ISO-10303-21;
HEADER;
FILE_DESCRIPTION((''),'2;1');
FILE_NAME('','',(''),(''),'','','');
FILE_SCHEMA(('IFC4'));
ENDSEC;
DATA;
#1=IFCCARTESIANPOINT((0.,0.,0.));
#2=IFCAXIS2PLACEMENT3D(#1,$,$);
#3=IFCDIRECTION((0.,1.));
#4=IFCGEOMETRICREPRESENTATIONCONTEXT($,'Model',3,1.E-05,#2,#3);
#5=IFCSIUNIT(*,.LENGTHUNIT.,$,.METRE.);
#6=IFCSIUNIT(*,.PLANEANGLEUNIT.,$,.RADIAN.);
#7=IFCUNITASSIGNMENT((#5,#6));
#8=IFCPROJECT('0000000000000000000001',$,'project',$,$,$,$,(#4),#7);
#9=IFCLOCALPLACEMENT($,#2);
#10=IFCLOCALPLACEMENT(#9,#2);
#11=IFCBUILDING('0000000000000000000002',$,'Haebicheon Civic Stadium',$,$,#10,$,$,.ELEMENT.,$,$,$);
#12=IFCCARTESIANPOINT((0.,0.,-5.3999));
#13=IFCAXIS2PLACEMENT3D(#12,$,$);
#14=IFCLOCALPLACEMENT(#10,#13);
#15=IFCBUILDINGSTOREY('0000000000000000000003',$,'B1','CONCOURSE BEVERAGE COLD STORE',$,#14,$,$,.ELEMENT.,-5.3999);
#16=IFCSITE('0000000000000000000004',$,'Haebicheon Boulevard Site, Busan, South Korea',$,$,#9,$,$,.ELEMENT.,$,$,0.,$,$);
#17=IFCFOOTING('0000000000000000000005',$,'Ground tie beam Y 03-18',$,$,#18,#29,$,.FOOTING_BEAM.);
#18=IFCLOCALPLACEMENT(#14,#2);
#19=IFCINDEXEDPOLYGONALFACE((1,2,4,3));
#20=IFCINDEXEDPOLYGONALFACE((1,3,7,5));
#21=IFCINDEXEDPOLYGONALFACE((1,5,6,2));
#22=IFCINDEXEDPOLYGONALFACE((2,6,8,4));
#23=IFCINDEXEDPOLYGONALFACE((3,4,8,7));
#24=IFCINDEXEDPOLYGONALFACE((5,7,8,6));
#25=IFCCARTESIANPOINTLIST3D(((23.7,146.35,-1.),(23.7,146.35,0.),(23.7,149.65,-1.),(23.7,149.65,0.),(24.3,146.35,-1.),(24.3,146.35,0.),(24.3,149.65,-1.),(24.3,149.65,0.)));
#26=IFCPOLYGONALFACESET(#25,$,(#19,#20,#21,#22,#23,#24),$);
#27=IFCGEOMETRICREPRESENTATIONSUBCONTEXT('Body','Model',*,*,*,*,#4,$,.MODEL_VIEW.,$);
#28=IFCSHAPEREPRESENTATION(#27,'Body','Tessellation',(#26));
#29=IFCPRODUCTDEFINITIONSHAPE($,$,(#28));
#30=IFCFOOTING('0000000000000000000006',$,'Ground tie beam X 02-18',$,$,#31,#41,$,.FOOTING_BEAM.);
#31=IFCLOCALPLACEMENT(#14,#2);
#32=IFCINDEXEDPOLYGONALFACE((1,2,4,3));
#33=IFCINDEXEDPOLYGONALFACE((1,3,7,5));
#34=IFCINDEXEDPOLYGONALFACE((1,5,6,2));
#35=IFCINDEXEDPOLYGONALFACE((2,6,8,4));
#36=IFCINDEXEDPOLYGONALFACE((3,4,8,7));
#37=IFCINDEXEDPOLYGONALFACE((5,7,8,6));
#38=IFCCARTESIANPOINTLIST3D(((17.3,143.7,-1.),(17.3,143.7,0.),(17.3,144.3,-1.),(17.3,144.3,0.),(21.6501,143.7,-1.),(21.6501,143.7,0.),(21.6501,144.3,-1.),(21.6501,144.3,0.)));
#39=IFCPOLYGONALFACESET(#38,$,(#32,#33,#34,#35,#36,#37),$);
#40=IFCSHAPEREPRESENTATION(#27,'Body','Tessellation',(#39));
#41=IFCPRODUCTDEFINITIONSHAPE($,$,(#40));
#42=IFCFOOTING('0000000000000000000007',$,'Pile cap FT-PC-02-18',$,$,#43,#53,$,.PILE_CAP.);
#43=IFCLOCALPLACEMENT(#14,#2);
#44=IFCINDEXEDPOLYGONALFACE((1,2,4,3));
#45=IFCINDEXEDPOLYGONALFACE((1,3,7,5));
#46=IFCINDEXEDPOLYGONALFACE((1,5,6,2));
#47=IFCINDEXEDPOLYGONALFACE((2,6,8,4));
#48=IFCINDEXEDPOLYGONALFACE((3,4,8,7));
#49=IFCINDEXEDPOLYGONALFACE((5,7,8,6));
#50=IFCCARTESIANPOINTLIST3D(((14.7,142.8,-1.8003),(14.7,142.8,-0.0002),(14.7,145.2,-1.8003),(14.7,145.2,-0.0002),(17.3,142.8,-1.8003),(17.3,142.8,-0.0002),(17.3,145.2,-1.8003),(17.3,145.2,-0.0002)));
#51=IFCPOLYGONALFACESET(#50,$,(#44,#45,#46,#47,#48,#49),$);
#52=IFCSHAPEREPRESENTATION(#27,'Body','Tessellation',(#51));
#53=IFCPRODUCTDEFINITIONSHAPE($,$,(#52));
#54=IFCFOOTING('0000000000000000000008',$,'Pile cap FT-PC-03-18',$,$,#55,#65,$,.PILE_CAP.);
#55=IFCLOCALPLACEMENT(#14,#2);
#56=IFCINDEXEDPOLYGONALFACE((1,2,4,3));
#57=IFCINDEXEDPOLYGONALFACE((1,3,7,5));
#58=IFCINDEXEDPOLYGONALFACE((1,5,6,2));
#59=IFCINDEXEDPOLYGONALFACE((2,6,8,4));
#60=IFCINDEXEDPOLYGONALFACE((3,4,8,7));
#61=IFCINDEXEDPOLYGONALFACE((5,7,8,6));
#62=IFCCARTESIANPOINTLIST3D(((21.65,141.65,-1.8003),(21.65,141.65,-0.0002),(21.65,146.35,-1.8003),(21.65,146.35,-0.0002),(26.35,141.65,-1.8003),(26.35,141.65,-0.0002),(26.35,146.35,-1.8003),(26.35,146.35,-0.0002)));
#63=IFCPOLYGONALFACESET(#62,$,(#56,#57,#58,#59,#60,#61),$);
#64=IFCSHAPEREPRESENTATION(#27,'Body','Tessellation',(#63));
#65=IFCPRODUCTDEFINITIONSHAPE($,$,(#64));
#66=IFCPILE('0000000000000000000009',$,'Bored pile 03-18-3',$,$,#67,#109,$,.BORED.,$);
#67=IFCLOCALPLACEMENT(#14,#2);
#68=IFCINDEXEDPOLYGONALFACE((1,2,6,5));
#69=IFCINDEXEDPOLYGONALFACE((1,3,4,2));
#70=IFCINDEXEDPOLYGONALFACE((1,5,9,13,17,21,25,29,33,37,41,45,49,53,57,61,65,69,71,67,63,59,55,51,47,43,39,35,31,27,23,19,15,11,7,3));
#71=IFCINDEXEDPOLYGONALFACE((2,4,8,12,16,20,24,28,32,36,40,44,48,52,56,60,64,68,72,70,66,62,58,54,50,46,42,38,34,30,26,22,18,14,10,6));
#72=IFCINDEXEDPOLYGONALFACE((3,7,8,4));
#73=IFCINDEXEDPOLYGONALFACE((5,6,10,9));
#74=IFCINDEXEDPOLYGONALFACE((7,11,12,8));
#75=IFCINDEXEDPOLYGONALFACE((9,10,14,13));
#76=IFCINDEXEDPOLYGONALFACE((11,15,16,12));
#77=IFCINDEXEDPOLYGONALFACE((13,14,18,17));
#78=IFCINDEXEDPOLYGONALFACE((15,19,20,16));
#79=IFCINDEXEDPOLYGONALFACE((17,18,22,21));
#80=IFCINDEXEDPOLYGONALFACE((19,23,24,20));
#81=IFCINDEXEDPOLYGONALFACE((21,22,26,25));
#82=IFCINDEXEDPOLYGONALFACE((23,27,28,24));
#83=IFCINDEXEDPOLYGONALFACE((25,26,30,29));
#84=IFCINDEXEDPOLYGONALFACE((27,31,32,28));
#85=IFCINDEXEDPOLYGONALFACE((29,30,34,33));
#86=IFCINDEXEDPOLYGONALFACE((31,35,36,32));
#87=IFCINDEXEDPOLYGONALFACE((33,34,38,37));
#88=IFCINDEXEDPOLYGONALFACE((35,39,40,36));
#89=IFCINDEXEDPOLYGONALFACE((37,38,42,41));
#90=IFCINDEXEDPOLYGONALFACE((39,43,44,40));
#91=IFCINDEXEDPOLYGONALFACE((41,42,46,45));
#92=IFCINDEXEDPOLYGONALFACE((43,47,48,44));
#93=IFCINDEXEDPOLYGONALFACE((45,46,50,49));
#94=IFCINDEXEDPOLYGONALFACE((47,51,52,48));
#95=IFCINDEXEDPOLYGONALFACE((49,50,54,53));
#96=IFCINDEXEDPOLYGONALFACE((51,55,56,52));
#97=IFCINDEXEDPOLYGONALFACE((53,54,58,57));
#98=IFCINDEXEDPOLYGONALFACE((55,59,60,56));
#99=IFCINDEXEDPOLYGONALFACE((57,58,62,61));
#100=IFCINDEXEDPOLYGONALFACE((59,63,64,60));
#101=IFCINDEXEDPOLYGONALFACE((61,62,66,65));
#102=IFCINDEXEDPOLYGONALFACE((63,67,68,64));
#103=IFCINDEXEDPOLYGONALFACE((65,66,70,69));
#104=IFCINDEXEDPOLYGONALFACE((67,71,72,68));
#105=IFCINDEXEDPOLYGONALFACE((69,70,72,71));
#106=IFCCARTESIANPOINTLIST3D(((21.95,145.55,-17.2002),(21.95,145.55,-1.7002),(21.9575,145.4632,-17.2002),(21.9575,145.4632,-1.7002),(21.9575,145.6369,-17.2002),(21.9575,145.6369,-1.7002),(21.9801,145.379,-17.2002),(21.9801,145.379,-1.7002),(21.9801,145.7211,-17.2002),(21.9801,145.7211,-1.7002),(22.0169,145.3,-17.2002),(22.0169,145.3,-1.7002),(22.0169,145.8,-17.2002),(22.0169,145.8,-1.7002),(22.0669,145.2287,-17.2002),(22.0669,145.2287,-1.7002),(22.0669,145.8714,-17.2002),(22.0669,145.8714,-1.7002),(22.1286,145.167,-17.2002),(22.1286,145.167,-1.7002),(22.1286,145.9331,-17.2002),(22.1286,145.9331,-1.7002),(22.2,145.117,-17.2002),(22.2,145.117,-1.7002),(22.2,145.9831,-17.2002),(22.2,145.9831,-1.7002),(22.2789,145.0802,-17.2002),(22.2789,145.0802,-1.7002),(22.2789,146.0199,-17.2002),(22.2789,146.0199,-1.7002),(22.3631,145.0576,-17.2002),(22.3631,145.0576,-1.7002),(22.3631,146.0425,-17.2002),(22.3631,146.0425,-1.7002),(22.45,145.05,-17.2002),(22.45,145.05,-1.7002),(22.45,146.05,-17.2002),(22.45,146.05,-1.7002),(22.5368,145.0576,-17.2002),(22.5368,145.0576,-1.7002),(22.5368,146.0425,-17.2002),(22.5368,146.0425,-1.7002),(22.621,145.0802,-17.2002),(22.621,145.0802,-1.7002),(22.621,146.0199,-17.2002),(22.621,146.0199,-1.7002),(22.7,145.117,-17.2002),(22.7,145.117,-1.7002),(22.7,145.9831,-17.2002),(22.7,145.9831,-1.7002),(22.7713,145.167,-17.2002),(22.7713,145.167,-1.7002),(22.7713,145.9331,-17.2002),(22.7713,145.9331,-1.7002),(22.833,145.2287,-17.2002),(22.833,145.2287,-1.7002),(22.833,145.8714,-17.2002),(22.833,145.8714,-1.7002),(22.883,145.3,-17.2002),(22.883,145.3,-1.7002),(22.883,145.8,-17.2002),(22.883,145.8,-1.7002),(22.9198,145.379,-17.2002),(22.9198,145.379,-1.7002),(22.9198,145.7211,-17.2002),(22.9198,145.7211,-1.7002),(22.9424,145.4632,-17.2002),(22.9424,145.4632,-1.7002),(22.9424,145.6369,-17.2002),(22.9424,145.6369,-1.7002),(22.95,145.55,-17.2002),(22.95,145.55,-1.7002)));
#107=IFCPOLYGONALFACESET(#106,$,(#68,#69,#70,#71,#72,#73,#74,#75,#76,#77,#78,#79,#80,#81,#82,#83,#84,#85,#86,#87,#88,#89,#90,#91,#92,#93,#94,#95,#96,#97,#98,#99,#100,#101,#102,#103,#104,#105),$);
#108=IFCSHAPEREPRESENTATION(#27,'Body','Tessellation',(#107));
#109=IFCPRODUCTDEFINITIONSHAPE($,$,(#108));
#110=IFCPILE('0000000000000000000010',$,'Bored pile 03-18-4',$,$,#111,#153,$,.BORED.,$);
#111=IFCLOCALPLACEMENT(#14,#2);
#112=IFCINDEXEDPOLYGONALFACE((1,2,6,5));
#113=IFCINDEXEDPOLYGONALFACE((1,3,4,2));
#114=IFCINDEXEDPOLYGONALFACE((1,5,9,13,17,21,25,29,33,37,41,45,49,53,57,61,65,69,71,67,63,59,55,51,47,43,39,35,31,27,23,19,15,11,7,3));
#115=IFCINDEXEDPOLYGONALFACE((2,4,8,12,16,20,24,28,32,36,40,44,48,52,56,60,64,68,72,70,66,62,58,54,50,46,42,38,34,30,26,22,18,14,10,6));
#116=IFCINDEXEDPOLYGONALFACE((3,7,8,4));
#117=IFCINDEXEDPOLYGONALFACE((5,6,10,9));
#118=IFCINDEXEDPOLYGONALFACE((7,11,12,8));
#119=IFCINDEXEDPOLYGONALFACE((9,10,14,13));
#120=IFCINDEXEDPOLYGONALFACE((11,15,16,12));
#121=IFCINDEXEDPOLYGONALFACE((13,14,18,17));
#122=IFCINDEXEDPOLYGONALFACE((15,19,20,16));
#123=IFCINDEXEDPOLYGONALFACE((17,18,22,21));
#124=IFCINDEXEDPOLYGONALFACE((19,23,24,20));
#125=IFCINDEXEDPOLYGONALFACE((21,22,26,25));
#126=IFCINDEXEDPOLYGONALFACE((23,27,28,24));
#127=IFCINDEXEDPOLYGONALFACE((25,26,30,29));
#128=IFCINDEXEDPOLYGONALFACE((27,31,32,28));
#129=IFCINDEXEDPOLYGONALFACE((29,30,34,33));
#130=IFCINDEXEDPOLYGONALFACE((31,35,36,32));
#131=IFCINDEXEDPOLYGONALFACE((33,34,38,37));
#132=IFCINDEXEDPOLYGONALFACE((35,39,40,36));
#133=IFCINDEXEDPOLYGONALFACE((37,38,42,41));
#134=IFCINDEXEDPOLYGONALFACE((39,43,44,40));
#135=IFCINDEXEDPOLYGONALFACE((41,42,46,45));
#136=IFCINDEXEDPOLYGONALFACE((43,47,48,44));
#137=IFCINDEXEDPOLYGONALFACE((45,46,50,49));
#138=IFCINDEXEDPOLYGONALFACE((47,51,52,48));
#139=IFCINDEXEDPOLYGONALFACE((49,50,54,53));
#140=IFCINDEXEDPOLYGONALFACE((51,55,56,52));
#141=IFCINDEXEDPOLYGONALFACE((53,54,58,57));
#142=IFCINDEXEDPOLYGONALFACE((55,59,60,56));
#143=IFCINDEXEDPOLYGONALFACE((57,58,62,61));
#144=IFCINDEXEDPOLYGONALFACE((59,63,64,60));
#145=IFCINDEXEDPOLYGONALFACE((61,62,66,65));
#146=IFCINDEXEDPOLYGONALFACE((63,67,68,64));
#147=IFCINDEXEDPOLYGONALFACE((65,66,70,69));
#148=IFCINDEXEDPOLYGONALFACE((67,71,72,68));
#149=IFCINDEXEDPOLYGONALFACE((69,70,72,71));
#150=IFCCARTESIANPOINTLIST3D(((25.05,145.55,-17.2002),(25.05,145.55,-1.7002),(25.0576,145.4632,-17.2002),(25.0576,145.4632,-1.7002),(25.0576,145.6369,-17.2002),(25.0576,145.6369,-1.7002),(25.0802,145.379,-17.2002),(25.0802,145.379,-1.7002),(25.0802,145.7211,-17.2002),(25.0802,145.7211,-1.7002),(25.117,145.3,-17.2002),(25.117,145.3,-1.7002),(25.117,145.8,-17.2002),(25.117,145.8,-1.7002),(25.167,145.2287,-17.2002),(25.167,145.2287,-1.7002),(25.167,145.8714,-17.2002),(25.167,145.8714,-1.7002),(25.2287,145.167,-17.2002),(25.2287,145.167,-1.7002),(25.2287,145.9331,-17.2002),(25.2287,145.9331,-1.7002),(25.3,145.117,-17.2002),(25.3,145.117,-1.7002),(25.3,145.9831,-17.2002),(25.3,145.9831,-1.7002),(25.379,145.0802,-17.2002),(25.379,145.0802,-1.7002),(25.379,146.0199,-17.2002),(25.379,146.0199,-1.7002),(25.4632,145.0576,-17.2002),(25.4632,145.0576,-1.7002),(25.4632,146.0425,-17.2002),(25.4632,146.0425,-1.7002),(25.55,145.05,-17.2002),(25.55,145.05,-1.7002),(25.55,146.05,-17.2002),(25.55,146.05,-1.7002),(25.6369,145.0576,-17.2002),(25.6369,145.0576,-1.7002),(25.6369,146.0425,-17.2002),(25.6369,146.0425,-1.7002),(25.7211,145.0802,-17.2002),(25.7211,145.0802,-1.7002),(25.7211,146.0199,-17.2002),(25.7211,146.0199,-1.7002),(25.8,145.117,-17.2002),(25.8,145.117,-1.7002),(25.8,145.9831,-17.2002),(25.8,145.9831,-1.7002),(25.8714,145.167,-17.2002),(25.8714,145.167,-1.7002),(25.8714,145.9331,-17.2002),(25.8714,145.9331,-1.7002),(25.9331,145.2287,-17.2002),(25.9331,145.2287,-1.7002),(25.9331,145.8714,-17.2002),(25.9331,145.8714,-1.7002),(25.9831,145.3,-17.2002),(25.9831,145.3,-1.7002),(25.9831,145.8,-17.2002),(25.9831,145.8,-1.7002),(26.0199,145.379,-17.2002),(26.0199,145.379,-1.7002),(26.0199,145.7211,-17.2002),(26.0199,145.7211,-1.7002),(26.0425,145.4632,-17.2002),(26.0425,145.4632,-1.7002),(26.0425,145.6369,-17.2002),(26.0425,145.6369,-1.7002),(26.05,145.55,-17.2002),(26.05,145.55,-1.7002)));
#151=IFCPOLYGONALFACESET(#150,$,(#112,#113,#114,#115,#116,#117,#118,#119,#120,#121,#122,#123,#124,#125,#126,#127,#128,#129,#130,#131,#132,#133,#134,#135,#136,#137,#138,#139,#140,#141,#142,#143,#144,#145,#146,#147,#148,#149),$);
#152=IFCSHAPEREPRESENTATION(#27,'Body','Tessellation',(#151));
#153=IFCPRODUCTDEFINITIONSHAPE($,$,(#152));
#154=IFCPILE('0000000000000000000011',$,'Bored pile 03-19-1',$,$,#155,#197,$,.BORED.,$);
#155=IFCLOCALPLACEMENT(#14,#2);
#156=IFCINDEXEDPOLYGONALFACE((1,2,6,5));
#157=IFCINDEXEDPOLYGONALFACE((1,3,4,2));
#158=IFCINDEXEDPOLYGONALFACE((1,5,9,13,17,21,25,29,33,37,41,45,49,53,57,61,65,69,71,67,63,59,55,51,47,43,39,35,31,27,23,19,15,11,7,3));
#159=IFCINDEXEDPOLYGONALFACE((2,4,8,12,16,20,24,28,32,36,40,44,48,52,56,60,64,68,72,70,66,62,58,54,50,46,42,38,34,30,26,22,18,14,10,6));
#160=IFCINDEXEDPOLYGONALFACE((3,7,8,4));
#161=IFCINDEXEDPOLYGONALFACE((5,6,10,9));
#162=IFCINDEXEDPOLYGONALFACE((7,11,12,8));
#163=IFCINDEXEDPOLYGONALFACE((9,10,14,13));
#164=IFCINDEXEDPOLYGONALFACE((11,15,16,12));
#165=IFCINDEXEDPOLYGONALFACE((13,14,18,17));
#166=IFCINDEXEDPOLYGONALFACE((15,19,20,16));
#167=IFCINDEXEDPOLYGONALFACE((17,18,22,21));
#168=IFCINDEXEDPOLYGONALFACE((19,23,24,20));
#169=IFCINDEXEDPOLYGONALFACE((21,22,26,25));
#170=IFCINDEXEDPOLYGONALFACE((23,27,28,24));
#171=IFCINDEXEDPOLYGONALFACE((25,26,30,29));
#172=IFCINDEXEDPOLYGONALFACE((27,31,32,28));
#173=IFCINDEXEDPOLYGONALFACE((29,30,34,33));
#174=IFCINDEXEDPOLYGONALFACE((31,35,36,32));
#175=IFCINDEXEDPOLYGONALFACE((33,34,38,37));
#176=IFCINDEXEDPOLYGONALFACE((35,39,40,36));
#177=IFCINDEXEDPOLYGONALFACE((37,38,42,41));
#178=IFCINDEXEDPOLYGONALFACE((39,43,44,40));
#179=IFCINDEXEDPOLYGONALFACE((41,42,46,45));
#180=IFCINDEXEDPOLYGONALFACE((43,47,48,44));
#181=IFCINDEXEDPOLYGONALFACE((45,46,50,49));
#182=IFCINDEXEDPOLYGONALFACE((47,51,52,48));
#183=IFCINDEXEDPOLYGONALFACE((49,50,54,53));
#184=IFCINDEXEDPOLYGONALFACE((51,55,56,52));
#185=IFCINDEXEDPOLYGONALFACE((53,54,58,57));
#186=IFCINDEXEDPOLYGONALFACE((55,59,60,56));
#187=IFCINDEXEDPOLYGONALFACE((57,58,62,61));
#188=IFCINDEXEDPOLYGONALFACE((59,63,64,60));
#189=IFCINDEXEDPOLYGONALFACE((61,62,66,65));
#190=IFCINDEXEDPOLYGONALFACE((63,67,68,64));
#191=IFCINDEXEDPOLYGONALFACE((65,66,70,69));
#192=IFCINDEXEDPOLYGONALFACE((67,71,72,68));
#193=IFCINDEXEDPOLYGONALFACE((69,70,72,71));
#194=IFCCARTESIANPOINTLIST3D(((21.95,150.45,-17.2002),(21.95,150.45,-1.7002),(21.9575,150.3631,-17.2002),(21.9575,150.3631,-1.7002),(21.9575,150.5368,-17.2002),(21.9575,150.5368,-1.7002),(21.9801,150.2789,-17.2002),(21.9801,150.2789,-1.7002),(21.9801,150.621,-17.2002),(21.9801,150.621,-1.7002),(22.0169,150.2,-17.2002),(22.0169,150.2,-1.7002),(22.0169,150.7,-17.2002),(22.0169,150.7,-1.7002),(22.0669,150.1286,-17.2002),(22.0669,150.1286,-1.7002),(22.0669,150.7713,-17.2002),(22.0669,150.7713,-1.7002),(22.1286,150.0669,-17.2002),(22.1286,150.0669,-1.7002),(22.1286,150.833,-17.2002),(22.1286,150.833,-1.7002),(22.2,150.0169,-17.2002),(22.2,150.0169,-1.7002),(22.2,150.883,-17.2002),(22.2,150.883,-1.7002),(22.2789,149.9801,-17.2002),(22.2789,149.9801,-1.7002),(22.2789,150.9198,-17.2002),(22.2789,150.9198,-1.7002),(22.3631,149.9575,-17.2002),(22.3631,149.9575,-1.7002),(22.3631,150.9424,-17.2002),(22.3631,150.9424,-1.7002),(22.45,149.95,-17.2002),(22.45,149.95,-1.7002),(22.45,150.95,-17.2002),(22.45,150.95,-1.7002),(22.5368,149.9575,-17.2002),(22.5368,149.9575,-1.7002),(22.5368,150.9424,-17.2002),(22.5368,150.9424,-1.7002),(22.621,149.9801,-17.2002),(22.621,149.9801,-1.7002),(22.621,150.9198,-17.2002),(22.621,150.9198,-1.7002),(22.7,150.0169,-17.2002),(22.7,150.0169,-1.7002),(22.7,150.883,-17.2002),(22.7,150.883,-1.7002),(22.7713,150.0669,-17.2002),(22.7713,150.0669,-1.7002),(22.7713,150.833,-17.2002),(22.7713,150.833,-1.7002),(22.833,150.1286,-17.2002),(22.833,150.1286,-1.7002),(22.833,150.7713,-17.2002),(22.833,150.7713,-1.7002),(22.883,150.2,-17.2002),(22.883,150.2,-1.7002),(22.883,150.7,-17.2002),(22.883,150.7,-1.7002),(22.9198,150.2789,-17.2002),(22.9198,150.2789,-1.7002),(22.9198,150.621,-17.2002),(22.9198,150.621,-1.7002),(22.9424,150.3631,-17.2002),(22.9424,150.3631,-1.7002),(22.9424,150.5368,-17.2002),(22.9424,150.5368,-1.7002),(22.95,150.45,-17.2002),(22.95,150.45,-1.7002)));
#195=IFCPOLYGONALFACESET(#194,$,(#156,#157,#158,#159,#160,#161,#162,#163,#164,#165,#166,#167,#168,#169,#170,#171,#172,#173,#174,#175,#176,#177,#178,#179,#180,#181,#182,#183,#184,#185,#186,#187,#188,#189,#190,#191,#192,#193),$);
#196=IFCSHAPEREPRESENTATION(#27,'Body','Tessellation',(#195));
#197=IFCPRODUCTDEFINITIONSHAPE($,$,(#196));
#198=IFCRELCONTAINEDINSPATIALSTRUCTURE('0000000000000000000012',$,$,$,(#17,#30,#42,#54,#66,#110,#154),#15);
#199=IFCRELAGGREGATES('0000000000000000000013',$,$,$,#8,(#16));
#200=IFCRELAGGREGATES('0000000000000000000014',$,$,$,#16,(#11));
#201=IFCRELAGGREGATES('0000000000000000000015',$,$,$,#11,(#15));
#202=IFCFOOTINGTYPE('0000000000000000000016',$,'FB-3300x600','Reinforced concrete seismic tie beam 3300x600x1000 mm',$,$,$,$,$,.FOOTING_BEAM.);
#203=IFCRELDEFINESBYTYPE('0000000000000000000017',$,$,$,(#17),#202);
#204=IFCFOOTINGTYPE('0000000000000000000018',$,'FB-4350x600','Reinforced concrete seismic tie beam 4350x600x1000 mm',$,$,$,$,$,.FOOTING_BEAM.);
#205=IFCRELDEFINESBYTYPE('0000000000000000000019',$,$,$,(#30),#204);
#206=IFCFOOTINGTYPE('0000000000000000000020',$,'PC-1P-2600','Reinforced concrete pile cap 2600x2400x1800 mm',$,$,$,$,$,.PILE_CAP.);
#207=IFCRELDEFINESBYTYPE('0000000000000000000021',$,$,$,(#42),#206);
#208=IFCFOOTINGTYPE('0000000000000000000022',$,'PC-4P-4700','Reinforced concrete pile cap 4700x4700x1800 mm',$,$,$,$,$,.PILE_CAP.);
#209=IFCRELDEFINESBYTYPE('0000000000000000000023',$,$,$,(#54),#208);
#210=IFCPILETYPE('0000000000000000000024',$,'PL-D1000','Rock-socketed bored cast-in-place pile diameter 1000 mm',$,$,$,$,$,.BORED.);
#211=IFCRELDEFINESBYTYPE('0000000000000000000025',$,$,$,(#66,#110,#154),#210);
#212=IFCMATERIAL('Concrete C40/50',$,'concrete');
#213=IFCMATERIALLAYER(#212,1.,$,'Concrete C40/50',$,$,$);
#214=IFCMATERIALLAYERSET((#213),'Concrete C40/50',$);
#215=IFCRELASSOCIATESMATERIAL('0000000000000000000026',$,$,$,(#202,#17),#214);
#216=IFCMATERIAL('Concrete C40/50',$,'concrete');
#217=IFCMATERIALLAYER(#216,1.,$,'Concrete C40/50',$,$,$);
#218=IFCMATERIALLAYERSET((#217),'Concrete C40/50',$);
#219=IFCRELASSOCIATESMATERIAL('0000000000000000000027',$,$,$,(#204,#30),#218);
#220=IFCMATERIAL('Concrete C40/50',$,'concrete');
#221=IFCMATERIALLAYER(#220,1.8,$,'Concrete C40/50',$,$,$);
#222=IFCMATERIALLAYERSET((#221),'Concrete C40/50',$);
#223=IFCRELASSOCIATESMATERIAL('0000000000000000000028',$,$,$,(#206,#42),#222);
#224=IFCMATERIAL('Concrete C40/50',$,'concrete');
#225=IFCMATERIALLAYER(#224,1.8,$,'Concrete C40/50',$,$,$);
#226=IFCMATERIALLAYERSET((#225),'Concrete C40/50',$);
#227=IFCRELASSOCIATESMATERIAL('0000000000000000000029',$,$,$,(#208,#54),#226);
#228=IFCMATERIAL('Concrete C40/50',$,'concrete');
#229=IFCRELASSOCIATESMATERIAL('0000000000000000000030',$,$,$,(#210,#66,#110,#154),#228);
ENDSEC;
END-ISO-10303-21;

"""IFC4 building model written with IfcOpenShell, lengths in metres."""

from ifc_helpers import new_model, si_unit, direction, frame, origin, origin_2d, place, context, subcontext, project, spatial, rectangle, circle, extrude, material, layer, layer_set, material_profile, profile_set, type_object, element, save


model = new_model("IFC4")

# Units and contexts
model_context = context("Model", 3, precision=1e-05, world=origin(), true_north=direction((0.0, 1.0)))
body_context = subcontext(model_context, "Body", "Model", "MODEL_VIEW")
ifc_project = project(units=[si_unit("LENGTHUNIT", "METRE"), si_unit("PLANEANGLEUNIT", "RADIAN")], contexts=[model_context])

# Site, building, storey
site_placement = place(None, origin())
site = spatial("IfcSite", under=ifc_project, at=site_placement, Name="Haebicheon Boulevard Site, Busan, South Korea", CompositionType="ELEMENT", RefElevation=0.0)
building_placement = place(site_placement, origin())
building = spatial("IfcBuilding", under=site, at=building_placement, Name="Haebicheon Civic Stadium", CompositionType="ELEMENT")
storey_placement = place(building_placement, frame((0.0, 0.0, -5.3999)))
storey = spatial("IfcBuildingStorey", under=building, at=storey_placement, Name="B1", Description="CONCOURSE BEVERAGE COLD STORE", CompositionType="ELEMENT", Elevation=-5.3999)

# Footings
ifc_material_1 = material(Name="Concrete C40/50", Category="concrete")
ifc_layer_1 = layer(ifc_material_1, 1.0, Name="Concrete C40/50")
ifc_layer_set_1 = layer_set([ifc_layer_1], Name="Concrete C40/50")
footing_type_1 = type_object("IfcFootingType", Name="FB-3300x600", Description="Reinforced concrete seismic tie beam 3300x600x1000 mm", PredefinedType="FOOTING_BEAM", material=ifc_layer_set_1)
footing_1_placement = place(storey_placement, frame((24.0, 148.0, -1.0), z_axis=(0.0, 0.0, 1.0), x_axis=(0.0, 1.0, 0.0)))
element("IfcFooting", 1, at=footing_1_placement, inside=storey, type_object=footing_type_1, material=ifc_layer_set_1, Name="Ground tie beam Y 03-18", PredefinedType="FOOTING_BEAM", context=body_context, shape_type="SweptSolid", body=[
    extrude(rectangle(XDim=3.3, YDim=0.6001, at=origin_2d()), origin(), (0.0, 0.0, 1.0), 1.0),
])
ifc_material_2 = material(Name="Concrete C40/50", Category="concrete")
ifc_layer_2 = layer(ifc_material_2, 1.0, Name="Concrete C40/50")
ifc_layer_set_2 = layer_set([ifc_layer_2], Name="Concrete C40/50")
footing_type_2 = type_object("IfcFootingType", Name="FB-4350x600", Description="Reinforced concrete seismic tie beam 4350x600x1000 mm", PredefinedType="FOOTING_BEAM", material=ifc_layer_set_2)
footing_2_placement = place(storey_placement, frame((19.4751, 144.0, -1.0), z_axis=(0.0, 0.0, 1.0), x_axis=(1.0, 0.0, 0.0)))
element("IfcFooting", 2, at=footing_2_placement, inside=storey, type_object=footing_type_2, material=ifc_layer_set_2, Name="Ground tie beam X 02-18", PredefinedType="FOOTING_BEAM", context=body_context, shape_type="SweptSolid", body=[
    extrude(rectangle(XDim=4.3501, YDim=0.6001, at=origin_2d()), origin(), (0.0, 0.0, 1.0), 1.0),
])
ifc_material_3 = material(Name="Concrete C40/50", Category="concrete")
ifc_layer_3 = layer(ifc_material_3, 1.8, Name="Concrete C40/50")
ifc_layer_set_3 = layer_set([ifc_layer_3], Name="Concrete C40/50")
footing_type_3 = type_object("IfcFootingType", Name="PC-1P-2600", Description="Reinforced concrete pile cap 2600x2400x1800 mm", PredefinedType="PILE_CAP", material=ifc_layer_set_3)
footing_3_placement = place(storey_placement, frame((16.0, 144.0, -1.8003), z_axis=(0.0, 0.0, 1.0), x_axis=(1.0, 0.0, 0.0)))
element("IfcFooting", 3, at=footing_3_placement, inside=storey, type_object=footing_type_3, material=ifc_layer_set_3, Name="Pile cap FT-PC-02-18", PredefinedType="PILE_CAP", context=body_context, shape_type="SweptSolid", body=[
    extrude(rectangle(XDim=2.6001, YDim=2.3999, at=origin_2d()), origin(), (0.0, 0.0, 1.0), 1.8),
])
ifc_material_4 = material(Name="Concrete C40/50", Category="concrete")
ifc_layer_4 = layer(ifc_material_4, 1.8, Name="Concrete C40/50")
ifc_layer_set_4 = layer_set([ifc_layer_4], Name="Concrete C40/50")
footing_type_4 = type_object("IfcFootingType", Name="PC-4P-4700", Description="Reinforced concrete pile cap 4700x4700x1800 mm", PredefinedType="PILE_CAP", material=ifc_layer_set_4)
footing_4_placement = place(storey_placement, frame((24.0, 144.0, -1.8003), z_axis=(0.0, 0.0, 1.0), x_axis=(1.0, 0.0, 0.0)))
element("IfcFooting", 4, at=footing_4_placement, inside=storey, type_object=footing_type_4, material=ifc_layer_set_4, Name="Pile cap FT-PC-03-18", PredefinedType="PILE_CAP", context=body_context, shape_type="SweptSolid", body=[
    extrude(rectangle(XDim=4.7, YDim=4.7, at=origin_2d()), origin(), (0.0, 0.0, 1.0), 1.8),
])

# Piles
ifc_material_5 = material(Name="Concrete C40/50", Category="concrete")
ifc_material_profile_1 = material_profile(ifc_material_5, circle(Radius=0.5, at=origin_2d()), Name="PILE-D1000")
ifc_profile_set_1 = profile_set([ifc_material_profile_1], Name="Concrete C40/50")
pile_type_1 = type_object("IfcPileType", Name="PL-D1000", Description="Rock-socketed bored cast-in-place pile diameter 1000 mm", PredefinedType="BORED", material=ifc_profile_set_1)
for number, where, z_axis, x_axis, name in (
    (5, (22.45, 145.55, -1.7002), (0.0, 0.0, -1.0), (1.0, 0.0, 0.0), "Bored pile 03-18-3"),
    (6, (25.55, 145.55, -1.7002), (0.0, 0.0, -1.0), (1.0, 0.0, 0.0), "Bored pile 03-18-4"),
    (7, (22.45, 150.45, -1.7002), (0.0, 0.0, -1.0), (1.0, 0.0, 0.0), "Bored pile 03-19-1"),
):
    element("IfcPile", number, at=place(storey_placement, frame(where, z_axis=z_axis, x_axis=x_axis)), inside=storey, type_object=pile_type_1, material=ifc_profile_set_1, Name=name, PredefinedType="BORED", context=body_context, shape_type="SweptSolid", body=[
        extrude(circle(Radius=0.5, at=origin_2d()), origin(), (0.0, 0.0, 1.0), 15.5),
    ])

save(model, "model.ifc")
